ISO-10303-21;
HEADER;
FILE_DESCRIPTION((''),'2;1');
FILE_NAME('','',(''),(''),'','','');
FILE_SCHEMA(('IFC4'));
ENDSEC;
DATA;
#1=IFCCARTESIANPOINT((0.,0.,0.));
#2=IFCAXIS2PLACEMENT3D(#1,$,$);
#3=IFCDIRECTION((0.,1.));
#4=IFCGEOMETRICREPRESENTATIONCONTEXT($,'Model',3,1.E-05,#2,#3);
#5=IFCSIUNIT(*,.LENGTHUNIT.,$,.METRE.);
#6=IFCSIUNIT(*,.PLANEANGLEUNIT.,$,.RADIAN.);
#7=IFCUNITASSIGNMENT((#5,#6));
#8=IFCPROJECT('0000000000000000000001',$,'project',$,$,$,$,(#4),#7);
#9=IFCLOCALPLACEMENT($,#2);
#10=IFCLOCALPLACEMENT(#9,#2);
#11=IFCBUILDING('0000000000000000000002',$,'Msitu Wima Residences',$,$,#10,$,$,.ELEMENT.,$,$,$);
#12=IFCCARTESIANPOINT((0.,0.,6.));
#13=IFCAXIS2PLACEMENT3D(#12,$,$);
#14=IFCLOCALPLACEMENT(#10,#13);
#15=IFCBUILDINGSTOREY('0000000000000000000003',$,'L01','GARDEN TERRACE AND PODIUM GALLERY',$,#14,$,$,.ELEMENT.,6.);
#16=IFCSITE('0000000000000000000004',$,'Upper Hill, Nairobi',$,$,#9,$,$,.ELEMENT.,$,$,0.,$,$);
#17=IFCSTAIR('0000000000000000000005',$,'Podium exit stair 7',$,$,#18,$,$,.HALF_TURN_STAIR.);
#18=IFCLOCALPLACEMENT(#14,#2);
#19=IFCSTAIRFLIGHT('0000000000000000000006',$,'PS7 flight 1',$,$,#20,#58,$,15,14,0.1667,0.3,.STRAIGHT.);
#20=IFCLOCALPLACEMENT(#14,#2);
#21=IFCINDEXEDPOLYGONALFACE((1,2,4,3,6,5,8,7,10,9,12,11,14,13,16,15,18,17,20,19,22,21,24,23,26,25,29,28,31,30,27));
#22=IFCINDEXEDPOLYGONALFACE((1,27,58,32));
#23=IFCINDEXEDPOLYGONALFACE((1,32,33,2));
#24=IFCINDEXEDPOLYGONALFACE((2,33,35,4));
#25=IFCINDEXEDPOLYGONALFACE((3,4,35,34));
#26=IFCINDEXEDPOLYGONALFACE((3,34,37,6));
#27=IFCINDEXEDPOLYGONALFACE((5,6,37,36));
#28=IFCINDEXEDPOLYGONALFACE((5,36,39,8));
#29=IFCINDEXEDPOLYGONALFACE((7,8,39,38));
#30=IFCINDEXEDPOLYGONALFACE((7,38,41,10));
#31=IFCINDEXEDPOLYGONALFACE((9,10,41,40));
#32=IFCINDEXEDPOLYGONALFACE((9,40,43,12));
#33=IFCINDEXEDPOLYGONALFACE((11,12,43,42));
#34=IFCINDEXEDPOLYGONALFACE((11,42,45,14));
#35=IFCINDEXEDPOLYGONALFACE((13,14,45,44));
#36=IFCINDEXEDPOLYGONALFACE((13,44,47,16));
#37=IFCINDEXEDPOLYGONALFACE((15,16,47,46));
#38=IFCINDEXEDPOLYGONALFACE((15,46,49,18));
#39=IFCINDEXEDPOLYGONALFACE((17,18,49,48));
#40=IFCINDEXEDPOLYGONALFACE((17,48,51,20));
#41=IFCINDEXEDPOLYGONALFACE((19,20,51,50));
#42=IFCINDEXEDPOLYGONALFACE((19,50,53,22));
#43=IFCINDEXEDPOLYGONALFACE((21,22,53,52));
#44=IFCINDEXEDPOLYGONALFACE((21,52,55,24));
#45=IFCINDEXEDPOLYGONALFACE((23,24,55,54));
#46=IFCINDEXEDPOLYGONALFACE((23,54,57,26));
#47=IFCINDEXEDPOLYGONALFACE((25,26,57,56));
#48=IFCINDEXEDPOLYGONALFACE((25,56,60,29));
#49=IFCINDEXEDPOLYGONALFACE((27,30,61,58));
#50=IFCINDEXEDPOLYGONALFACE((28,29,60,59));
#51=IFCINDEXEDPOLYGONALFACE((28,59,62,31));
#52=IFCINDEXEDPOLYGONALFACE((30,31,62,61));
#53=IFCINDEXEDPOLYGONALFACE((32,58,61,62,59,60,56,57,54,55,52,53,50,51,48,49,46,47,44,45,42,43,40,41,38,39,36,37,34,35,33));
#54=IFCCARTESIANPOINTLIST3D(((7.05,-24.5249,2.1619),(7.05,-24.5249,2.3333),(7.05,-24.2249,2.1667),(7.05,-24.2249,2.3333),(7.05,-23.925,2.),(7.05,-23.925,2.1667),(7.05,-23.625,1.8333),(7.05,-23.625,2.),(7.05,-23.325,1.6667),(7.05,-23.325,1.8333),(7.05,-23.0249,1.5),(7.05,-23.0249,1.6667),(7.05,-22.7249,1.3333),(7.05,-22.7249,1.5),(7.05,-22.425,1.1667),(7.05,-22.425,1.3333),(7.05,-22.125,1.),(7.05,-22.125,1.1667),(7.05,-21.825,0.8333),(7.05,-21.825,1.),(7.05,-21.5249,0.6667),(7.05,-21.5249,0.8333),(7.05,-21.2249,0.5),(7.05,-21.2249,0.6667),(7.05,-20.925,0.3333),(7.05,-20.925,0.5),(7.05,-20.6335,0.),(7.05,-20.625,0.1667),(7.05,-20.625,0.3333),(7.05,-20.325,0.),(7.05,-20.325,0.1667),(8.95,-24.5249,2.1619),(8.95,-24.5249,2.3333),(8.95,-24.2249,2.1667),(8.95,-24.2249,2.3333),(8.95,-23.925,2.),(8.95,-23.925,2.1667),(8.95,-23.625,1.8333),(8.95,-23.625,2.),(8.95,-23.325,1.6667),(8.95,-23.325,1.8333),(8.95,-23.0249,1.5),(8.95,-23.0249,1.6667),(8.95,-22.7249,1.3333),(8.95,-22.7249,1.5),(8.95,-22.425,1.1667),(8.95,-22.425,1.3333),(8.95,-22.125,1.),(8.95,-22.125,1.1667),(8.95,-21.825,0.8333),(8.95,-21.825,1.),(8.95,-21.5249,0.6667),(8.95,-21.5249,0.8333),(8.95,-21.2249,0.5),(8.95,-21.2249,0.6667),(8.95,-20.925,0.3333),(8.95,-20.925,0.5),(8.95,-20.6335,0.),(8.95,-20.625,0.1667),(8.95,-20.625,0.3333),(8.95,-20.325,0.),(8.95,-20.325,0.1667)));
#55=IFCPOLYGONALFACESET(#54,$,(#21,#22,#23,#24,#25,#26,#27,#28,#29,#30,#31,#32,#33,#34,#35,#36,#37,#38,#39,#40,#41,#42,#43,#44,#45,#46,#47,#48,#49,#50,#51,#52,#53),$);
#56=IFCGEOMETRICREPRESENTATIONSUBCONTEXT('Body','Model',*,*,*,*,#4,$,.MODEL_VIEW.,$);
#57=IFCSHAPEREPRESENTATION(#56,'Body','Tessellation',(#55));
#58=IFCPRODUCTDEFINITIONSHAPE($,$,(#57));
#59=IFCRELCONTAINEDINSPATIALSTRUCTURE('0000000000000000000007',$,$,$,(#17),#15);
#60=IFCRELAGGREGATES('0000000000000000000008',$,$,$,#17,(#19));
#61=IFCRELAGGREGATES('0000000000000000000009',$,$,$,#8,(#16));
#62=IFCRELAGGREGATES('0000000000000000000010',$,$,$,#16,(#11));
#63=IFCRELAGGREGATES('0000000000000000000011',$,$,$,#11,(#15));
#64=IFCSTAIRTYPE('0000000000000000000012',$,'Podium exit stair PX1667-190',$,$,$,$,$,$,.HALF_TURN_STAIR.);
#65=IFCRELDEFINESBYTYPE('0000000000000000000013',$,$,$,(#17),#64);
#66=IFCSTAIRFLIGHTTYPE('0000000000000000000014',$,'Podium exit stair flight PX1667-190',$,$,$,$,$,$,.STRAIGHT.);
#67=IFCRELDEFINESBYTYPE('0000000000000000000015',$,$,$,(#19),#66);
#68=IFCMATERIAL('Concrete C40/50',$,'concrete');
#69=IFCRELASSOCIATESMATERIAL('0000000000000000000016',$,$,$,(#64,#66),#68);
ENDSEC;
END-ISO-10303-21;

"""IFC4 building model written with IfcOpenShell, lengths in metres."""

from ifc_helpers import new_model, si_unit, direction, frame, origin, place, context, subcontext, project, spatial, polyline, outline, extrude, material, type_object, element, aggregate, save


model = new_model("IFC4")

# Units and contexts
model_context = context("Model", 3, precision=1e-05, world=origin(), true_north=direction((0.0, 1.0)))
body_context = subcontext(model_context, "Body", "Model", "MODEL_VIEW")
ifc_project = project(units=[si_unit("LENGTHUNIT", "METRE"), si_unit("PLANEANGLEUNIT", "RADIAN")], contexts=[model_context])

# Site, building, storey
site_placement = place(None, origin())
site = spatial("IfcSite", under=ifc_project, at=site_placement, Name="Upper Hill, Nairobi", CompositionType="ELEMENT", RefElevation=0.0)
building_placement = place(site_placement, origin())
building = spatial("IfcBuilding", under=site, at=building_placement, Name="Msitu Wima Residences", CompositionType="ELEMENT")
storey_placement = place(building_placement, frame((0.0, 0.0, 6.0)))
storey = spatial("IfcBuildingStorey", under=building, at=storey_placement, Name="L01", Description="GARDEN TERRACE AND PODIUM GALLERY", CompositionType="ELEMENT", Elevation=6.0)

# Stair, stair flight
ifc_material_1 = material(Name="Concrete C40/50", Category="concrete")
stair_type_1 = type_object("IfcStairType", Name="Podium exit stair PX1667-190", PredefinedType="HALF_TURN_STAIR", material=ifc_material_1)
stair_1_placement = place(storey_placement, origin())
stair_1 = element("IfcStair", 1, at=stair_1_placement, inside=storey, type_object=stair_type_1, Name="Podium exit stair 7", PredefinedType="HALF_TURN_STAIR")
stair_flight_type_1 = type_object("IfcStairFlightType", Name="Podium exit stair flight PX1667-190", PredefinedType="STRAIGHT", material=ifc_material_1)
stair_flight_1_placement = place(storey_placement, frame((8.0, -20.325, 0.0), z_axis=(0.0, 0.0, 1.0), x_axis=(0.0, -1.0, 0.0)))
stair_flight_1 = element("IfcStairFlight", 2, at=stair_flight_1_placement, type_object=stair_flight_type_1, Name="PS7 flight 1", NumberOfRisers=15, NumberOfTreads=14, PredefinedType="STRAIGHT", RiserHeight=0.1667, TreadLength=0.3, context=body_context, shape_type="SweptSolid", body=[
    extrude(outline(polyline([(0.0, 0.0), (0.0, 0.1667), (0.3, 0.1667), (0.3, 0.3333), (0.6001, 0.3333), (0.6001, 0.5), (0.8999, 0.5), (0.8999, 0.6667), (1.2, 0.6667), (1.2, 0.8333), (1.5, 0.8333), (1.5, 1.0), (1.8, 1.0), (1.8, 1.1667), (2.1001, 1.1667), (2.1001, 1.3333), (2.3999, 1.3333), (2.3999, 1.5), (2.7, 1.5), (2.7, 1.6667), (3.0, 1.6667), (3.0, 1.8333), (3.3, 1.8333), (3.3, 2.0), (3.6001, 2.0), (3.6001, 2.1667), (3.8999, 2.1667), (3.8999, 2.3333), (4.2, 2.3333), (4.2, 2.5), (4.2, 2.1619), (0.3086, 0.0), (0.0, 0.0)])), frame((0.0, 0.95, 0.0), z_axis=(0.0, -1.0, 0.0), x_axis=(1.0, 0.0, 0.0)), (0.0, 0.0, 1.0), 1.8999),
])
aggregate(stair_1, [stair_flight_1])

save(model, "model.ifc")
